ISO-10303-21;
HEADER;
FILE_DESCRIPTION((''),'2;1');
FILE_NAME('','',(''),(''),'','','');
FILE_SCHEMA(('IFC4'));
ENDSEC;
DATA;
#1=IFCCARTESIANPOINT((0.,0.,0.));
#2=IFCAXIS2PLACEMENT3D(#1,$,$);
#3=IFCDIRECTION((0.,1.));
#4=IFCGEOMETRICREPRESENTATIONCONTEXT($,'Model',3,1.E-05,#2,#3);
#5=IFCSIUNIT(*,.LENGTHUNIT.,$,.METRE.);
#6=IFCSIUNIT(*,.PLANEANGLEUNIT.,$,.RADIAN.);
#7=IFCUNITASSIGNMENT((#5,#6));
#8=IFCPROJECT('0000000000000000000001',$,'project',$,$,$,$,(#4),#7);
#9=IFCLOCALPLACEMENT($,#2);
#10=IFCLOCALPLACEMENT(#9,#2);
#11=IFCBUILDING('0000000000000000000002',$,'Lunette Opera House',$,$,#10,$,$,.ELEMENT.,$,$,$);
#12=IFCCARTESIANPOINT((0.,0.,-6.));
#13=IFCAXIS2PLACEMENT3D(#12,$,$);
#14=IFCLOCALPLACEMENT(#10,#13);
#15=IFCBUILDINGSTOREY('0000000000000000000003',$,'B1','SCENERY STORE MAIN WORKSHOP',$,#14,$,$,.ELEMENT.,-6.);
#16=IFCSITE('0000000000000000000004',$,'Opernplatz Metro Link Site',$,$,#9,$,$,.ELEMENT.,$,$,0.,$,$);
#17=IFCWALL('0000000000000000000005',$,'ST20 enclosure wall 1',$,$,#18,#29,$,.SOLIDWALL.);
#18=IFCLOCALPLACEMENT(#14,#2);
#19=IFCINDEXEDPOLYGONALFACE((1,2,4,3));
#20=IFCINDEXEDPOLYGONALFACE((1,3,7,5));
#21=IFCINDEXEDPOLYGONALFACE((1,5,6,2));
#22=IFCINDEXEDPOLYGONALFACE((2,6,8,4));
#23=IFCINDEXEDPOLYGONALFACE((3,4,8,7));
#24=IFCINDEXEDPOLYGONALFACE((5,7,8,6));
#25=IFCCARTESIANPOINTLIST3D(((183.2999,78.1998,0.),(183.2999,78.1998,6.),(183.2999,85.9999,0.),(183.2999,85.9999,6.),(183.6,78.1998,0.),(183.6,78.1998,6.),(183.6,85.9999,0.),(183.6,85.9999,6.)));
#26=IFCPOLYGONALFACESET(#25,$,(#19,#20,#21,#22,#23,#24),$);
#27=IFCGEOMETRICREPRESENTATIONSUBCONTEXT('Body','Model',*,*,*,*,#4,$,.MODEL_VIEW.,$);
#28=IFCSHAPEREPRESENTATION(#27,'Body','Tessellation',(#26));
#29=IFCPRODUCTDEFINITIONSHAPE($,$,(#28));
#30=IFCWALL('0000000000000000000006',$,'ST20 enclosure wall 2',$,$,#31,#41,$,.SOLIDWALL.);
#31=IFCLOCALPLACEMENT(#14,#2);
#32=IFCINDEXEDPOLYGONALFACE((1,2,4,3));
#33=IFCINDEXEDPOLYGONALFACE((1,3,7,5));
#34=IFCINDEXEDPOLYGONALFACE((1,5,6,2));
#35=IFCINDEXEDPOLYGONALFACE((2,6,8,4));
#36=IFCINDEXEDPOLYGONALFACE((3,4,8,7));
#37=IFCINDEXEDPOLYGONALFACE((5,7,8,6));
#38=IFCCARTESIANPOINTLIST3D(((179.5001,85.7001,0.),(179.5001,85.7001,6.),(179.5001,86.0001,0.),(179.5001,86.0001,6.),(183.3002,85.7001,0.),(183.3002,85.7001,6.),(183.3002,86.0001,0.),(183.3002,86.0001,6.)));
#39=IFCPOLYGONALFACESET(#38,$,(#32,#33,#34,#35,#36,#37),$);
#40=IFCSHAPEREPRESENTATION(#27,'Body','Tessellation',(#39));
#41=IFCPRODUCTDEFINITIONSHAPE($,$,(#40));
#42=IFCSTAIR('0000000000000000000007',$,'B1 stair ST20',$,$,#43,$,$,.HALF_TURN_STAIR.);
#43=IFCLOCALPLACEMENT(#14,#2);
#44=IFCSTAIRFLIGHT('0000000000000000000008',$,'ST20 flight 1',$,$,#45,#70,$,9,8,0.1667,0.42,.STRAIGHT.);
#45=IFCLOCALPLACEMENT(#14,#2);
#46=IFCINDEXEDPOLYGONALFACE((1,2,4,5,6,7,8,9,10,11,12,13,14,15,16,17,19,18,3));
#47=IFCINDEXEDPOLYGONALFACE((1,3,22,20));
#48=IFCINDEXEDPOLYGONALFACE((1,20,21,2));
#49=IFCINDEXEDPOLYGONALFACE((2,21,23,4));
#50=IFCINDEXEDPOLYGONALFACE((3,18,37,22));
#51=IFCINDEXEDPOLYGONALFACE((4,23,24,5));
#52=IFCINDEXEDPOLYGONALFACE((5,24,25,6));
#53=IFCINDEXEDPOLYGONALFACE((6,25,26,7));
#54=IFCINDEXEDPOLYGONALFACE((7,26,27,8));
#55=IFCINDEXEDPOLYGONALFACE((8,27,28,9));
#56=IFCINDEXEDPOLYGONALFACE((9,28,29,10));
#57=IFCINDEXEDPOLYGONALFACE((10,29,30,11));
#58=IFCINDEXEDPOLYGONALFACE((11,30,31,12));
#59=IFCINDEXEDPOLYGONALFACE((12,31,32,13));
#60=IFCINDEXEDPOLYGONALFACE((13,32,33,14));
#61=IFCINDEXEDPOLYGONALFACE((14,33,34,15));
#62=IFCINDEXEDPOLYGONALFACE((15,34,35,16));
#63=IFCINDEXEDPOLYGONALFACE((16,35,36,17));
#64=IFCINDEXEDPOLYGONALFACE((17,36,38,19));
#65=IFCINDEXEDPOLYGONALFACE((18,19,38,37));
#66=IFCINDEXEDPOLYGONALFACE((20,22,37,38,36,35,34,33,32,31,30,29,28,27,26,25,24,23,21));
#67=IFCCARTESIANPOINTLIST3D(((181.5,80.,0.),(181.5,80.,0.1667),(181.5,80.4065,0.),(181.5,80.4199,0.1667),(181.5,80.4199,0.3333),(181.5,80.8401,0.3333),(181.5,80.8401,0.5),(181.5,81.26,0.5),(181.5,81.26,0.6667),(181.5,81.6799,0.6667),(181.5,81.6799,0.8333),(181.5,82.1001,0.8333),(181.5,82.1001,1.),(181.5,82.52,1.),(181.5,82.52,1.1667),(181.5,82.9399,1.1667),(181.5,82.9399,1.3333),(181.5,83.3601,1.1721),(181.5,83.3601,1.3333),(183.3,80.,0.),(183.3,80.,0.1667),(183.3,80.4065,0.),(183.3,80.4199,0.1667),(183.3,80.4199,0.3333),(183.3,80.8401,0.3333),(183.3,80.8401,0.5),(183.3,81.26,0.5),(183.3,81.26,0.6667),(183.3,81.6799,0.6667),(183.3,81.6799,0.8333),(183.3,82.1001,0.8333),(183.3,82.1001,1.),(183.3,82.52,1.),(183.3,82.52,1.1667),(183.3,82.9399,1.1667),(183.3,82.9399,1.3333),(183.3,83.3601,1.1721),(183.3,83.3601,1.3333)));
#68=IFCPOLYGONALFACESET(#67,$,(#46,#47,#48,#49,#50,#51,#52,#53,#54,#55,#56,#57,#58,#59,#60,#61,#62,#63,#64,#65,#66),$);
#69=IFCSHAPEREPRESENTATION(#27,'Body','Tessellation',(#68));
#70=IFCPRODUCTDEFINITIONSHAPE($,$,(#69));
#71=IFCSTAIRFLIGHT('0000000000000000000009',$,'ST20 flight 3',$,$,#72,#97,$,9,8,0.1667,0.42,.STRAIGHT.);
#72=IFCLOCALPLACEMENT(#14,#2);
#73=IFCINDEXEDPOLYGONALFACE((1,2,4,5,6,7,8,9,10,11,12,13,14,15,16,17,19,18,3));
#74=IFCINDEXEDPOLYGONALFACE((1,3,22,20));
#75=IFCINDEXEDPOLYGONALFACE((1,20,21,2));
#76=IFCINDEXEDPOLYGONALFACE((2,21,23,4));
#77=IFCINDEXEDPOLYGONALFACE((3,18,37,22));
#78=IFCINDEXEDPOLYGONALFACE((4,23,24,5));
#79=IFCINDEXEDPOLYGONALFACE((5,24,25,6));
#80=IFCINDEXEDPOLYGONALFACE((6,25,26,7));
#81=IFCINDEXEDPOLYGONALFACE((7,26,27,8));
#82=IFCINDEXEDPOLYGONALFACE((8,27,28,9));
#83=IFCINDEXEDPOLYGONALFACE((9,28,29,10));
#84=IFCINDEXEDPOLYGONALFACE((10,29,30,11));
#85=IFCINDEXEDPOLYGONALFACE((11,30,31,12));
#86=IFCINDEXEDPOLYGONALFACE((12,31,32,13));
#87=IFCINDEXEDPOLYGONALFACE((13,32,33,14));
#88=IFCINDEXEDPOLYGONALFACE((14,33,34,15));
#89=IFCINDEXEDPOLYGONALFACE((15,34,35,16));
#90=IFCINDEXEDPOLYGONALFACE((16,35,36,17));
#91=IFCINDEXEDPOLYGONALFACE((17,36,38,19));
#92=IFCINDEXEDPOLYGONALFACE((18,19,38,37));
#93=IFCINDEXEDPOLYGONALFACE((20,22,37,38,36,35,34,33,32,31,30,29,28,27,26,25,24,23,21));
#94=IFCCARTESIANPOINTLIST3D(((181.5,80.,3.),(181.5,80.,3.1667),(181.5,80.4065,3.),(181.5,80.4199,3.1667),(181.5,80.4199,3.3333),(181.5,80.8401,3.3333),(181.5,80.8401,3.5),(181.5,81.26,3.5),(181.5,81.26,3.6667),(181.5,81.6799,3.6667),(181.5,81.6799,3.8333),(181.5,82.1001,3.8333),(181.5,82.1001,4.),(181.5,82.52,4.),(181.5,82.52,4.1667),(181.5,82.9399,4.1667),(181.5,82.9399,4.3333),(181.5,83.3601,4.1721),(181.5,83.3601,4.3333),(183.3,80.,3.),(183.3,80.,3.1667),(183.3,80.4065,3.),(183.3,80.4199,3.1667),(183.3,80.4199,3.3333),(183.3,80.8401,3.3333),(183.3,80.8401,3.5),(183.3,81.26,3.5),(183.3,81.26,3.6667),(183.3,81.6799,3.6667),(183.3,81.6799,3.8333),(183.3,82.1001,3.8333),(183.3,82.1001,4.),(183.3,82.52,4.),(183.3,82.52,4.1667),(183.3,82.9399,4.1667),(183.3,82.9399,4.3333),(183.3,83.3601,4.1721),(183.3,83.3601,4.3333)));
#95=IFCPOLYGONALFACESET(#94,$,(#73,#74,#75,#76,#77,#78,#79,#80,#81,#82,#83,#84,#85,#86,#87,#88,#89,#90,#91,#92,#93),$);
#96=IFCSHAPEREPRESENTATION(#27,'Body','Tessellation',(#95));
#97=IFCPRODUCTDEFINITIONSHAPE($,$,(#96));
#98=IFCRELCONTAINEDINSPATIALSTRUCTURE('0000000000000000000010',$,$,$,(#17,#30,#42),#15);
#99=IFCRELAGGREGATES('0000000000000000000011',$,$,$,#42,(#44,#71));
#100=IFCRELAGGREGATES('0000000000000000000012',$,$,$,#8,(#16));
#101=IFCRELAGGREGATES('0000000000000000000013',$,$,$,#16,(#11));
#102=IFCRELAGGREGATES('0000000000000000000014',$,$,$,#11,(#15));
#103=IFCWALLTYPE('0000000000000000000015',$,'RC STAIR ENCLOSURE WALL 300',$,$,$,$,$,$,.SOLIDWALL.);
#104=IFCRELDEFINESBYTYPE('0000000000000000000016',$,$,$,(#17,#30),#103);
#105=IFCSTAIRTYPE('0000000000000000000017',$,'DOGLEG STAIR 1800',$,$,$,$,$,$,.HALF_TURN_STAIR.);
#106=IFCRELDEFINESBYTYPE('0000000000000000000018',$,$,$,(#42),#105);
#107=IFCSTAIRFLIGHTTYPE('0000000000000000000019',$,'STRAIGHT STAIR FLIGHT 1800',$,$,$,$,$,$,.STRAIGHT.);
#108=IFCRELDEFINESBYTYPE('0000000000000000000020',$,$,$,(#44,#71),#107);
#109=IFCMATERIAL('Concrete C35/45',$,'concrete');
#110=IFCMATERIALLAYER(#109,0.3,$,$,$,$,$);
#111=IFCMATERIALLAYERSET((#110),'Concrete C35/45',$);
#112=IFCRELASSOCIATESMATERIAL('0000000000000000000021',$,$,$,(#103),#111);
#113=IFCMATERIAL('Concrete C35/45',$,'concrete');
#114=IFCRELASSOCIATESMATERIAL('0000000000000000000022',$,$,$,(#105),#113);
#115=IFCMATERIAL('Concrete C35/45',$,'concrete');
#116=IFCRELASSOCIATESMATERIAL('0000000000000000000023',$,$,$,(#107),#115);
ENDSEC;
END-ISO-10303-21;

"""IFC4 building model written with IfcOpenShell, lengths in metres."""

from ifc_helpers import new_model, si_unit, direction, frame, frame_2d, origin, place, context, subcontext, project, spatial, polyline, rectangle, outline, extrude, material, layer, layer_set, type_object, element, aggregate, save


model = new_model("IFC4")

# Units and contexts
model_context = context("Model", 3, precision=1e-05, world=origin(), true_north=direction((0.0, 1.0)))
body_context = subcontext(model_context, "Body", "Model", "MODEL_VIEW")
ifc_project = project(units=[si_unit("LENGTHUNIT", "METRE"), si_unit("PLANEANGLEUNIT", "RADIAN")], contexts=[model_context])

# Site, building, storey
site_placement = place(None, origin())
site = spatial("IfcSite", under=ifc_project, at=site_placement, Name="Opernplatz Metro Link Site", CompositionType="ELEMENT", RefElevation=0.0)
building_placement = place(site_placement, origin())
building = spatial("IfcBuilding", under=site, at=building_placement, Name="Lunette Opera House", CompositionType="ELEMENT")
storey_placement = place(building_placement, frame((0.0, 0.0, -6.0)))
storey = spatial("IfcBuildingStorey", under=building, at=storey_placement, Name="B1", Description="SCENERY STORE MAIN WORKSHOP", CompositionType="ELEMENT", Elevation=-6.0)

# Walls
ifc_material_1 = material(Name="Concrete C35/45", Category="concrete")
ifc_layer_1 = layer(ifc_material_1, 0.3)
ifc_layer_set_1 = layer_set([ifc_layer_1], Name="Concrete C35/45")
wall_type_1 = type_object("IfcWallType", Name="RC STAIR ENCLOSURE WALL 300", PredefinedType="SOLIDWALL", material=ifc_layer_set_1)
wall_1_placement = place(storey_placement, frame((183.45, 78.2, 0.0), z_axis=(0.0, 0.0, 1.0), x_axis=(0.0, 1.0, 0.0)))
element("IfcWall", 1, at=wall_1_placement, inside=storey, type_object=wall_type_1, Name="ST20 enclosure wall 1", PredefinedType="SOLIDWALL", context=body_context, shape_type="SweptSolid", body=[
    extrude(rectangle(XDim=7.8, YDim=0.3, at=frame_2d((3.8999, 0.0))), origin(), (0.0, 0.0, 1.0), 6.0),
])
wall_2_placement = place(storey_placement, frame((183.3, 85.8501, 0.0), z_axis=(0.0, 0.0, 1.0), x_axis=(-1.0, 0.0, 0.0)))
element("IfcWall", 2, at=wall_2_placement, inside=storey, type_object=wall_type_1, Name="ST20 enclosure wall 2", PredefinedType="SOLIDWALL", context=body_context, shape_type="SweptSolid", body=[
    extrude(rectangle(XDim=3.8, YDim=0.3, at=frame_2d((1.8999, 0.0))), origin(), (0.0, 0.0, 1.0), 6.0),
])

# Stair, stair flights
ifc_material_2 = material(Name="Concrete C35/45", Category="concrete")
stair_type = type_object("IfcStairType", Name="DOGLEG STAIR 1800", PredefinedType="HALF_TURN_STAIR", material=ifc_material_2)
stair_placement = place(storey_placement, origin())
stair = element("IfcStair", 3, at=stair_placement, inside=storey, type_object=stair_type, Name="B1 stair ST20", PredefinedType="HALF_TURN_STAIR")
ifc_material_3 = material(Name="Concrete C35/45", Category="concrete")
stair_flight_type = type_object("IfcStairFlightType", Name="STRAIGHT STAIR FLIGHT 1800", PredefinedType="STRAIGHT", material=ifc_material_3)
stair_flight_1_placement = place(storey_placement, frame((182.3999, 80.0, 0.0), z_axis=(0.0, 0.0, 1.0), x_axis=(0.0, 1.0, 0.0)))
stair_flight_1 = element("IfcStairFlight", 4, at=stair_flight_1_placement, type_object=stair_flight_type, Name="ST20 flight 1", NumberOfRisers=9, NumberOfTreads=8, PredefinedType="STRAIGHT", RiserHeight=0.1667, TreadLength=0.42, context=body_context, shape_type="SweptSolid", body=[
    extrude(outline(polyline([(0.0, 0.0), (0.0, 0.1667), (0.4199, 0.1667), (0.4199, 0.3333), (0.8401, 0.3333), (0.8401, 0.5), (1.26, 0.5), (1.26, 0.6667), (1.6799, 0.6667), (1.6799, 0.8333), (2.1001, 0.8333), (2.1001, 1.0), (2.52, 1.0), (2.52, 1.1667), (2.9399, 1.1667), (2.9399, 1.3333), (3.3601, 1.3333), (3.3601, 1.5), (3.3601, 1.1721), (0.4065, 0.0), (0.0, 0.0)])), frame((0.0, 0.8999, 0.0), z_axis=(0.0, -1.0, 0.0), x_axis=(1.0, 0.0, 0.0)), (0.0, 0.0, 1.0), 1.8),
])
stair_flight_2_placement = place(storey_placement, frame((182.3999, 80.0, 3.0), z_axis=(0.0, 0.0, 1.0), x_axis=(0.0, 1.0, 0.0)))
stair_flight_2 = element("IfcStairFlight", 5, at=stair_flight_2_placement, type_object=stair_flight_type, Name="ST20 flight 3", NumberOfRisers=9, NumberOfTreads=8, PredefinedType="STRAIGHT", RiserHeight=0.1667, TreadLength=0.42, context=body_context, shape_type="SweptSolid", body=[
    extrude(outline(polyline([(0.0, 0.0), (0.0, 0.1667), (0.4199, 0.1667), (0.4199, 0.3333), (0.8401, 0.3333), (0.8401, 0.5), (1.26, 0.5), (1.26, 0.6667), (1.6799, 0.6667), (1.6799, 0.8333), (2.1001, 0.8333), (2.1001, 1.0), (2.52, 1.0), (2.52, 1.1667), (2.9399, 1.1667), (2.9399, 1.3333), (3.3601, 1.3333), (3.3601, 1.5), (3.3601, 1.1721), (0.4065, 0.0), (0.0, 0.0)])), frame((0.0, 0.8999, 0.0), z_axis=(0.0, -1.0, 0.0), x_axis=(1.0, 0.0, 0.0)), (0.0, 0.0, 1.0), 1.8),
])
aggregate(stair, [stair_flight_1, stair_flight_2])

save(model, "model.ifc")
